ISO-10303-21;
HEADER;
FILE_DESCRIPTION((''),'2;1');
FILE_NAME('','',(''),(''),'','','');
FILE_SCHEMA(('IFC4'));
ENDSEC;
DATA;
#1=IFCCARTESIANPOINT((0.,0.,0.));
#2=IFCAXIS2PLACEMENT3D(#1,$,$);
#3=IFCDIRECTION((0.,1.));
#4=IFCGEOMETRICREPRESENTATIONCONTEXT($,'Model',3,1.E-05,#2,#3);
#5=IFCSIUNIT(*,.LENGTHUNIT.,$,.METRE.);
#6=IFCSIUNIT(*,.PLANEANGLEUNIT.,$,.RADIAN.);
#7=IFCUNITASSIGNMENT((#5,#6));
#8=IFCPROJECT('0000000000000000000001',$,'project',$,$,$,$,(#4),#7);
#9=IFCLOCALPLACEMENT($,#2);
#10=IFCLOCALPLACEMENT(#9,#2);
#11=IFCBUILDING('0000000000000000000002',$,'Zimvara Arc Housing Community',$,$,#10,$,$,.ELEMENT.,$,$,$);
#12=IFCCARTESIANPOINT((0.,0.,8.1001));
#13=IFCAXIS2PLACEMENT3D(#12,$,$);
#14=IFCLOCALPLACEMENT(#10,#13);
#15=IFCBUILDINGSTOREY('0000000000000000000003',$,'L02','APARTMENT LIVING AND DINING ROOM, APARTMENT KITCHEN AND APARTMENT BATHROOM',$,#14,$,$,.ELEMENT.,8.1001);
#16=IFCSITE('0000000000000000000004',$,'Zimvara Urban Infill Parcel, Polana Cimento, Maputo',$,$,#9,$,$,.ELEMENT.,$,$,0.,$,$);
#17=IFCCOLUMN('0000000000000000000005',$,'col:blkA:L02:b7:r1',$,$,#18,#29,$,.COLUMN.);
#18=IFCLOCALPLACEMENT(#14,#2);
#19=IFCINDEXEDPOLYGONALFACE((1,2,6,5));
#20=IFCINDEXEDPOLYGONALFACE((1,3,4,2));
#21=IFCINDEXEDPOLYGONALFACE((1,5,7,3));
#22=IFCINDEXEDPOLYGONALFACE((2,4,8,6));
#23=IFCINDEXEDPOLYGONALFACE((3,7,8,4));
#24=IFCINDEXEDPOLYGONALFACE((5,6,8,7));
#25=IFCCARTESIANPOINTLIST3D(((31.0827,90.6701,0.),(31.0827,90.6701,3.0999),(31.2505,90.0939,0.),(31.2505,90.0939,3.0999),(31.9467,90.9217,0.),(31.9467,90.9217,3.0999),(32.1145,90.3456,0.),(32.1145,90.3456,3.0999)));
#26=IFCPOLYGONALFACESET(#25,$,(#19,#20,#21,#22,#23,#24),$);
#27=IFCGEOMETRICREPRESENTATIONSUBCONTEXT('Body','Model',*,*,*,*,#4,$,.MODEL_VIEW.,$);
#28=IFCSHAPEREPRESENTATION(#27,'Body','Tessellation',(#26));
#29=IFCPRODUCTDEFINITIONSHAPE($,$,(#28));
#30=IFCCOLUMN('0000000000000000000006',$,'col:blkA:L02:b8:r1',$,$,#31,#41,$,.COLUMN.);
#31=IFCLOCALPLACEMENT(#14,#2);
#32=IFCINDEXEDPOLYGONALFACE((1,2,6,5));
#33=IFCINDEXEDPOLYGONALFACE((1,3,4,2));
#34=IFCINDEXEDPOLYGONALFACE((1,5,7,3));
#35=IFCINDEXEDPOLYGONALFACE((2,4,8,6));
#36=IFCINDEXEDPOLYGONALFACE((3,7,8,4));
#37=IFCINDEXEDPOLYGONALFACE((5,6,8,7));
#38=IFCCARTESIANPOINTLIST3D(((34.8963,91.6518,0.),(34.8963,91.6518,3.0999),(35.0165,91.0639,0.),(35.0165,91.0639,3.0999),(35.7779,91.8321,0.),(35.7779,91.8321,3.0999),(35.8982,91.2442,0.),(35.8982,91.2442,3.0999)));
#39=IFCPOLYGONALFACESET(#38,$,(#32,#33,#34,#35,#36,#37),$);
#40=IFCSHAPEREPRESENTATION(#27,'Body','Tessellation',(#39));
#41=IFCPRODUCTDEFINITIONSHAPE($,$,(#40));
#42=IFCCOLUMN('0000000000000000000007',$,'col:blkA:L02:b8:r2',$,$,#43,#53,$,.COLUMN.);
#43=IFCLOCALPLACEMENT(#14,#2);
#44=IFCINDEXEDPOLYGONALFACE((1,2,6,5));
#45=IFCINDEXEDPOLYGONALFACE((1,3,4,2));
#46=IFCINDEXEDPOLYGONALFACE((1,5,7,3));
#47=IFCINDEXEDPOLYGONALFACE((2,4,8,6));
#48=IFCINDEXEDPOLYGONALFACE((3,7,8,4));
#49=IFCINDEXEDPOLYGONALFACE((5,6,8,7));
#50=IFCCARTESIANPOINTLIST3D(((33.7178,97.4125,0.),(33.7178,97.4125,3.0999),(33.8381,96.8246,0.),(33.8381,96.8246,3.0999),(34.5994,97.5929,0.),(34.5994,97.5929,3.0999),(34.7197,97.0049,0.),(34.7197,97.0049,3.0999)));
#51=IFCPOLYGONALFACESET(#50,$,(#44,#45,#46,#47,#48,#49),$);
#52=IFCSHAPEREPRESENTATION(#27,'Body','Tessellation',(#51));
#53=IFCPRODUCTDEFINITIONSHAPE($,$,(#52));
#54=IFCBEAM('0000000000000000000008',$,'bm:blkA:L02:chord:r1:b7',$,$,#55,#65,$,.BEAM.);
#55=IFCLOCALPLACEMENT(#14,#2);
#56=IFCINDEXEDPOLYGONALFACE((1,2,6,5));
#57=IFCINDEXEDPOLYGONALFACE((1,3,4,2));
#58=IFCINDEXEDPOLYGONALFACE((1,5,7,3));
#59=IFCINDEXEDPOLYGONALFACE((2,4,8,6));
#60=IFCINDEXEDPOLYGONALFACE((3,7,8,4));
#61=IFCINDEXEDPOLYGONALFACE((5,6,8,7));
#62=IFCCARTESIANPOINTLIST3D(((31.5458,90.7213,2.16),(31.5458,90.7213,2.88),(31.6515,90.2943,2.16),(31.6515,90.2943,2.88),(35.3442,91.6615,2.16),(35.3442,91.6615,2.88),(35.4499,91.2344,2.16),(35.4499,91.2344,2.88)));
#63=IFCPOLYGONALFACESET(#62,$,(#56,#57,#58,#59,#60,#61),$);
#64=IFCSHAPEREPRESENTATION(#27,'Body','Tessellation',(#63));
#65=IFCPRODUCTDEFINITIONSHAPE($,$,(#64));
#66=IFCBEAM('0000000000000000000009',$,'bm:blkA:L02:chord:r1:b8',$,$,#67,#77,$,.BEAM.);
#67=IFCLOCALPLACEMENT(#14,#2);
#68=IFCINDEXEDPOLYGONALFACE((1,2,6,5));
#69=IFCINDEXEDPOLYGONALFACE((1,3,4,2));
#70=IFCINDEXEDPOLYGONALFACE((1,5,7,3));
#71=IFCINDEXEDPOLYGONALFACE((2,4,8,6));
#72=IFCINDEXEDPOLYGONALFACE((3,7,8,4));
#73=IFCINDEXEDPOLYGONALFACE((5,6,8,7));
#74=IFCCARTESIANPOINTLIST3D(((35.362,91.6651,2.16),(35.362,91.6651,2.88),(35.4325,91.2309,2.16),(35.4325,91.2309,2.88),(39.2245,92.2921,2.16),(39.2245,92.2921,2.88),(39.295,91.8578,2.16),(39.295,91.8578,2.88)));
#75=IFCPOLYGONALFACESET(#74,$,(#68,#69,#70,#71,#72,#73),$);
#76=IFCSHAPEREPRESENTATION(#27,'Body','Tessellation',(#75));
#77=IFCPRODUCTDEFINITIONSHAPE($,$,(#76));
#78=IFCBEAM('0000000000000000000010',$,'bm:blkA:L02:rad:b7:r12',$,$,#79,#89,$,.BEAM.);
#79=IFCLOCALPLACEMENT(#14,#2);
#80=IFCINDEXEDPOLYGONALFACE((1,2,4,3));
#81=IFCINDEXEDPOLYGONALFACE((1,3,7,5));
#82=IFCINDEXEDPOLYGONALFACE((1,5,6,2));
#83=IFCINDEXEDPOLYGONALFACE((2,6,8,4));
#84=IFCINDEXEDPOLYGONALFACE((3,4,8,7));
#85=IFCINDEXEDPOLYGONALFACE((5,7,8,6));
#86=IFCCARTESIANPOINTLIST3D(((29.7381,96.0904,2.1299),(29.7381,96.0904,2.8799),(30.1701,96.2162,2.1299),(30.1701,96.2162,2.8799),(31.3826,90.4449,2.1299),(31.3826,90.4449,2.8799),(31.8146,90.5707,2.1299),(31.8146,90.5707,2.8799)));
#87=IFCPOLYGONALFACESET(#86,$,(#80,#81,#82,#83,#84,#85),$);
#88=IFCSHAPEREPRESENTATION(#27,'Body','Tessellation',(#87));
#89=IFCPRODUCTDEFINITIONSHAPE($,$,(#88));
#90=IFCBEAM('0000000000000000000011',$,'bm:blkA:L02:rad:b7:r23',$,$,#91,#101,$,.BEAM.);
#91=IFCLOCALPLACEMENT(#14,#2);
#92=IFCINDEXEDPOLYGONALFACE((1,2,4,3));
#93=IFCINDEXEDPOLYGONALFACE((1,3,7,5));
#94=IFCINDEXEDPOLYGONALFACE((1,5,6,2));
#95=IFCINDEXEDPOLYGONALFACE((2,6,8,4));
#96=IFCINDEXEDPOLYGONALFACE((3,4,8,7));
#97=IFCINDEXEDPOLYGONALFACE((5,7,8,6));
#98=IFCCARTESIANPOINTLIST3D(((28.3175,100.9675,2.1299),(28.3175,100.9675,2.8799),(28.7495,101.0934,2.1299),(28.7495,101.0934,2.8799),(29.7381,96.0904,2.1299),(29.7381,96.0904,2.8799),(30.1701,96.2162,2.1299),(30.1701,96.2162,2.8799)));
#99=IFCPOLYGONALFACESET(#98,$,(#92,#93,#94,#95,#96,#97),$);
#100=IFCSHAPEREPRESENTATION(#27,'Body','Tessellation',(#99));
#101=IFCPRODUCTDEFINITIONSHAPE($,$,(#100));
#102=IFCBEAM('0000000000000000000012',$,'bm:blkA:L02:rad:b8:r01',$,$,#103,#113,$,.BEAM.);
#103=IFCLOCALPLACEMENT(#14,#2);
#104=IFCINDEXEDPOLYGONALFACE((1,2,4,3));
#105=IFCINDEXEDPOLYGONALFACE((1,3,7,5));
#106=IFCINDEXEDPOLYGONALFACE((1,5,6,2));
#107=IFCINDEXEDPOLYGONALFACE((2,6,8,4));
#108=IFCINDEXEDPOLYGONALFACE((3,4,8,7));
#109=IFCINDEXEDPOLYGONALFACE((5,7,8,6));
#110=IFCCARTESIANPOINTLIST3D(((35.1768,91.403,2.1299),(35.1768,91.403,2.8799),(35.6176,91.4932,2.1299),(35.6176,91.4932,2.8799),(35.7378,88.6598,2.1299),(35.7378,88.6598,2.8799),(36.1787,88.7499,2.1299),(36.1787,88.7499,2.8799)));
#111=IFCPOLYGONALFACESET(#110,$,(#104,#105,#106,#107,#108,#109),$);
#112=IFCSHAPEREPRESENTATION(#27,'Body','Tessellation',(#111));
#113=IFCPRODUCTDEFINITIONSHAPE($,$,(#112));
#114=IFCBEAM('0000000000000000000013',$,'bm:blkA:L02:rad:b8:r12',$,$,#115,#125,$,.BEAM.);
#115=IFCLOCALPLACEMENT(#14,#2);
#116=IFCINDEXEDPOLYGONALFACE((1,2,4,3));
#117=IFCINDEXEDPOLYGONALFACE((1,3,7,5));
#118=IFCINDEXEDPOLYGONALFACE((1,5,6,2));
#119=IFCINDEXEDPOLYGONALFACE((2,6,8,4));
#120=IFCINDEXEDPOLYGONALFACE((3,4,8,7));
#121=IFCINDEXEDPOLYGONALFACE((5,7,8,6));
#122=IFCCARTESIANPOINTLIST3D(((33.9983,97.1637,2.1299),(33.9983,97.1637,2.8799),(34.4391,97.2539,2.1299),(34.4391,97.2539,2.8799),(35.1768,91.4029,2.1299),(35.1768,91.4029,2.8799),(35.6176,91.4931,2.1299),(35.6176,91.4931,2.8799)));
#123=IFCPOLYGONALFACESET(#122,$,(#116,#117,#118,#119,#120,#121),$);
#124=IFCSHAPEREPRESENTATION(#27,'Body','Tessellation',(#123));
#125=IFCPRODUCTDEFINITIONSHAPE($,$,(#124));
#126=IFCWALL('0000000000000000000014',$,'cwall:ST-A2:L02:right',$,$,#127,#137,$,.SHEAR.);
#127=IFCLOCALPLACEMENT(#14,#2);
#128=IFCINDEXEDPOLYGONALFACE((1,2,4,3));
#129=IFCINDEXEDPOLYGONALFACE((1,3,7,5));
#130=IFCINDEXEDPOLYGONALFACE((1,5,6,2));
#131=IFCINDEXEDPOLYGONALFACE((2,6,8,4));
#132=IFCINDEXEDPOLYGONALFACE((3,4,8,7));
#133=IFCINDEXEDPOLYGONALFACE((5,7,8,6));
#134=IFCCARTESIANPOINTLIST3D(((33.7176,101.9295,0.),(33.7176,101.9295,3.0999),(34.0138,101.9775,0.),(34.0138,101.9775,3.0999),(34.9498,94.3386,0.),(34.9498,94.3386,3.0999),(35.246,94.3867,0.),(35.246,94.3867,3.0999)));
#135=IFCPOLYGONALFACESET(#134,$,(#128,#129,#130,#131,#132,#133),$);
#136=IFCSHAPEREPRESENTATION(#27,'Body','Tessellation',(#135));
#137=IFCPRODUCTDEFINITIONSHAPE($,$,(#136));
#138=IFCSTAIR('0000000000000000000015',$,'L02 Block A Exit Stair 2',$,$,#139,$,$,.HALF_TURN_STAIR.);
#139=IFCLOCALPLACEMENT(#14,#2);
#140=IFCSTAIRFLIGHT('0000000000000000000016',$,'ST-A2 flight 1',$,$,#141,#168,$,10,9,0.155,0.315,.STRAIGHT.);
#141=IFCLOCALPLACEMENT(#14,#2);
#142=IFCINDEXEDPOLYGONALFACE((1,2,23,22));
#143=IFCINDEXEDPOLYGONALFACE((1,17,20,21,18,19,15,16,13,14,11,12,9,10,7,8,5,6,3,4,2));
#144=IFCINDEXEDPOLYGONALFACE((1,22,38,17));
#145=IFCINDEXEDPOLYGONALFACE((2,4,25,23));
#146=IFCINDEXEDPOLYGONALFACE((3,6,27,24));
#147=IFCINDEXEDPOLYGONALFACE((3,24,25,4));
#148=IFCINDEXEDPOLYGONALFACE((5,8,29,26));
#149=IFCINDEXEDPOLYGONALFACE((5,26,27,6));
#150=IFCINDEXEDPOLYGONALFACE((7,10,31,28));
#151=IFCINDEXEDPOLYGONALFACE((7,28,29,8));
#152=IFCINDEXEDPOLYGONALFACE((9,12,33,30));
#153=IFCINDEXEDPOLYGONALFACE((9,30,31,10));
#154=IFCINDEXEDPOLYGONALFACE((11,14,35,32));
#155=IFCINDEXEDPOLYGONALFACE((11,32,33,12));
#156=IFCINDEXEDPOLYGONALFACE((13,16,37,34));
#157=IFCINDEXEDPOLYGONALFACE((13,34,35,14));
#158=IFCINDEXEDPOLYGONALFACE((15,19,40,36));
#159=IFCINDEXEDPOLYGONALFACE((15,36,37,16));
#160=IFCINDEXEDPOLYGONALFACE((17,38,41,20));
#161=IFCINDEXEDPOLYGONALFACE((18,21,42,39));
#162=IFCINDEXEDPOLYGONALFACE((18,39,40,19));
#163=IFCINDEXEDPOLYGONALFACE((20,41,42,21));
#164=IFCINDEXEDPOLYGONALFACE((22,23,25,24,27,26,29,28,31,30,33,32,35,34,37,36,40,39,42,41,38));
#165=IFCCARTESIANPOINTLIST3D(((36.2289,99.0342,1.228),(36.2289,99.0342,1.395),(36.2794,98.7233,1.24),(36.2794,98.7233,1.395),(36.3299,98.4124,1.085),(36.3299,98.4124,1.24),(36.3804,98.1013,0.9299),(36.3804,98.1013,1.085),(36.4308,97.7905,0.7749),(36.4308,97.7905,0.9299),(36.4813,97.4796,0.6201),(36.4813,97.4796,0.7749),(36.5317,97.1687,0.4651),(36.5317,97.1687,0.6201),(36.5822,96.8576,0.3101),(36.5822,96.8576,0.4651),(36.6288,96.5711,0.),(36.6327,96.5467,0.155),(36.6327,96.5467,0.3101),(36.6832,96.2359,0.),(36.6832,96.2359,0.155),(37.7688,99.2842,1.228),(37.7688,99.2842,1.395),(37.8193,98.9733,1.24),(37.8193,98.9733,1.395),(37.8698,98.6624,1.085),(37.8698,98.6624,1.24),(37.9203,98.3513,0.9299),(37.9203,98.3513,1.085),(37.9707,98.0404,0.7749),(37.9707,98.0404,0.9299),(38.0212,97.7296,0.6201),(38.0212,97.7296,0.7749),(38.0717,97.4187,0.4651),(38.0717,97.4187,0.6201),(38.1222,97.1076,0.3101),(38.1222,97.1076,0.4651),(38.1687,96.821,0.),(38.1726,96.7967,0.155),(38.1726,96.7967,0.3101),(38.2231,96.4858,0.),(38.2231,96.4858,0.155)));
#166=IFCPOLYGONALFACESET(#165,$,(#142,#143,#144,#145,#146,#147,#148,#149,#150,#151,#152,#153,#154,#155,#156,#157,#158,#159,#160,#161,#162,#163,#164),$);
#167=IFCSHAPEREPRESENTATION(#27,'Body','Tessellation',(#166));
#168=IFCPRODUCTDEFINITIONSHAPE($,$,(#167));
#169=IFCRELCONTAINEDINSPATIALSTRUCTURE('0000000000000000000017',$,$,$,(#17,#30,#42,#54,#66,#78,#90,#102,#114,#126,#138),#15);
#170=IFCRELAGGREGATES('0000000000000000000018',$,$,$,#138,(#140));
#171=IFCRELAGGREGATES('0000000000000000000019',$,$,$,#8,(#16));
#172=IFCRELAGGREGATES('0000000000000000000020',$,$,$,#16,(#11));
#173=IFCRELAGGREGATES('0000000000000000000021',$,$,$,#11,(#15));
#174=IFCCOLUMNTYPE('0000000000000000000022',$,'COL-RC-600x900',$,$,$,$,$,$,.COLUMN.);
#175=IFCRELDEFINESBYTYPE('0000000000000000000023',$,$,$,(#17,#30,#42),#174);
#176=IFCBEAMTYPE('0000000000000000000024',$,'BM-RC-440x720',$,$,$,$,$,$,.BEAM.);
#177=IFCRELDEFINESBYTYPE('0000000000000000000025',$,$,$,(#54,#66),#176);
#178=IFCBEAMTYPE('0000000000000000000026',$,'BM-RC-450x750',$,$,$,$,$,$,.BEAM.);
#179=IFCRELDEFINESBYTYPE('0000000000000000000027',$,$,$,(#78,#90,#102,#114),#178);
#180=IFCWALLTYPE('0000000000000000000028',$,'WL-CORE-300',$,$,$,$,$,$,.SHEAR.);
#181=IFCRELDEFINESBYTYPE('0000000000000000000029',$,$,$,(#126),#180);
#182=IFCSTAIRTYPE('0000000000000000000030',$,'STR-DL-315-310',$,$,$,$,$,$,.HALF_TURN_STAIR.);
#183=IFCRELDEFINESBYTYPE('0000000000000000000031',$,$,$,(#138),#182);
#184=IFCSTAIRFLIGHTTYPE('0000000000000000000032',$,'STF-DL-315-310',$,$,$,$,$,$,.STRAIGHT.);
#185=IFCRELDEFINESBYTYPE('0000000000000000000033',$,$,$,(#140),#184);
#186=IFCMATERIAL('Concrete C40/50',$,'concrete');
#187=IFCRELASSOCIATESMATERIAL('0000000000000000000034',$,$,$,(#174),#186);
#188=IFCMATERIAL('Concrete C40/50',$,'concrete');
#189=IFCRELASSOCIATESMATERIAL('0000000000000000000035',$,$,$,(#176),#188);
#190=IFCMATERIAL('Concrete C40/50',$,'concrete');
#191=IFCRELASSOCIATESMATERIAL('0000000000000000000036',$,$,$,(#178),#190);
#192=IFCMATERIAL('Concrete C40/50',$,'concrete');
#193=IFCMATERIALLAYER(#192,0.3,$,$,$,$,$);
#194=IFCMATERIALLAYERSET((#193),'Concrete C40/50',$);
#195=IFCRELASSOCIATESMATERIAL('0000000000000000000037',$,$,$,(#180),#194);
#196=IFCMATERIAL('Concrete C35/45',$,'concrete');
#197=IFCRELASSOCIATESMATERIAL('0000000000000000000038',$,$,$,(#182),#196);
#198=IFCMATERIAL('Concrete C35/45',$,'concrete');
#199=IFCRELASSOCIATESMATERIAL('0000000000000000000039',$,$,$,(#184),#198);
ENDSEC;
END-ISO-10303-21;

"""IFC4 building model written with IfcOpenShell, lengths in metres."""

from ifc_helpers import new_model, si_unit, direction, frame, frame_2d, origin, origin_2d, place, context, subcontext, project, spatial, polyline, rectangle, outline, extrude, material, layer, layer_set, material_profile, profile_set, type_object, element, aggregate, save


model = new_model("IFC4")

# Units and contexts
model_context = context("Model", 3, precision=1e-05, world=origin(), true_north=direction((0.0, 1.0)))
body_context = subcontext(model_context, "Body", "Model", "MODEL_VIEW")
ifc_project = project(units=[si_unit("LENGTHUNIT", "METRE"), si_unit("PLANEANGLEUNIT", "RADIAN")], contexts=[model_context])

# Site, building, storey
site_placement = place(None, origin())
site = spatial("IfcSite", under=ifc_project, at=site_placement, Name="Zimvara Urban Infill Parcel, Polana Cimento, Maputo", CompositionType="ELEMENT", RefElevation=0.0)
building_placement = place(site_placement, origin())
building = spatial("IfcBuilding", under=site, at=building_placement, Name="Zimvara Arc Housing Community", CompositionType="ELEMENT")
storey_placement = place(building_placement, frame((0.0, 0.0, 8.1001)))
storey = spatial("IfcBuildingStorey", under=building, at=storey_placement, Name="L02", Description="APARTMENT LIVING AND DINING ROOM, APARTMENT KITCHEN AND APARTMENT BATHROOM", CompositionType="ELEMENT", Elevation=8.1001)

# Columns
ifc_material_1 = material(Name="Concrete C40/50", Category="concrete")
ifc_material_profile_1 = material_profile(ifc_material_1, rectangle(XDim=0.6001, YDim=0.8999, at=origin_2d()), Name="RC 600x900")
ifc_profile_set_1 = profile_set([ifc_material_profile_1], Name="Concrete C40/50")
column_type = type_object("IfcColumnType", Name="COL-RC-600x900", PredefinedType="COLUMN", material=ifc_profile_set_1)
for number, where, z_axis, x_axis, name in (
    (1, (31.5986, 90.5078, 0.0), (0.0, 0.0, 1.0), (-0.279661, 0.960099, 0.0), "col:blkA:L02:b7:r1"),
    (2, (35.3972, 91.448, 0.0), (0.0, 0.0, 1.0), (-0.200394, 0.979715, 0.0), "col:blkA:L02:b8:r1"),
    (3, (34.2188, 97.2087, 0.0), (0.0, 0.0, 1.0), (-0.200394, 0.979715, 0.0), "col:blkA:L02:b8:r2"),
):
    element("IfcColumn", number, at=place(storey_placement, frame(where, z_axis=z_axis, x_axis=x_axis)), inside=storey, type_object=column_type, Name=name, PredefinedType="COLUMN", context=body_context, shape_type="SweptSolid", body=[
        extrude(rectangle(XDim=0.6001, YDim=0.8999, at=origin_2d()), origin(), (0.0, 0.0, 1.0), 3.0999),
    ])

# Beams
ifc_material_2 = material(Name="Concrete C40/50", Category="concrete")
ifc_material_profile_2 = material_profile(ifc_material_2, rectangle(XDim=0.4399, YDim=0.72, at=origin_2d()), Name="RC 440x720")
ifc_profile_set_2 = profile_set([ifc_material_profile_2], Name="Concrete C40/50")
beam_type_1 = type_object("IfcBeamType", Name="BM-RC-440x720", PredefinedType="BEAM", material=ifc_profile_set_2)
for number, where, z_axis, x_axis, name in (
    (4, (31.5986, 90.5078, 2.52), (0.970709, 0.24026, 0.0), (-0.24026, 0.970709, 0.0), "bm:blkA:L02:chord:r1:b7"),
    (5, (35.3972, 91.448, 2.52), (0.987081, 0.160219, 0.0), (-0.160219, 0.987081, 0.0), "bm:blkA:L02:chord:r1:b8"),
):
    element("IfcBeam", number, at=place(storey_placement, frame(where, z_axis=z_axis, x_axis=x_axis)), inside=storey, type_object=beam_type_1, Name=name, PredefinedType="BEAM", context=body_context, shape_type="SweptSolid", body=[
        extrude(rectangle(XDim=0.4399, YDim=0.72, at=origin_2d()), origin(), (0.0, 0.0, 1.0), 3.9131),
    ])
ifc_material_3 = material(Name="Concrete C40/50", Category="concrete")
ifc_material_profile_3 = material_profile(ifc_material_3, rectangle(XDim=0.45, YDim=0.75, at=origin_2d()), Name="RC 450x750")
ifc_profile_set_3 = profile_set([ifc_material_profile_3], Name="Concrete C40/50")
beam_type_2 = type_object("IfcBeamType", Name="BM-RC-450x750", PredefinedType="BEAM", material=ifc_profile_set_3)
beam_1_placement = place(storey_placement, frame((31.5986, 90.5078, 2.5049), z_axis=(-0.279675, 0.960095, 0.0), x_axis=(-0.960095, -0.279675, 0.0)))
element("IfcBeam", 6, at=beam_1_placement, inside=storey, type_object=beam_type_2, Name="bm:blkA:L02:rad:b7:r12", PredefinedType="BEAM", context=body_context, shape_type="SweptSolid", body=[
    extrude(rectangle(XDim=0.45, YDim=0.75, at=origin_2d()), origin(), (0.0, 0.0, 1.0), 5.8801),
])
beam_2_placement = place(storey_placement, frame((29.9541, 96.1533, 2.5049), z_axis=(-0.279662, 0.960098, 0.0), x_axis=(-0.960098, -0.279662, 0.0)))
element("IfcBeam", 7, at=beam_2_placement, inside=storey, type_object=beam_type_2, Name="bm:blkA:L02:rad:b7:r23", PredefinedType="BEAM", context=body_context, shape_type="SweptSolid", body=[
    extrude(rectangle(XDim=0.45, YDim=0.75, at=origin_2d()), origin(), (0.0, 0.0, 1.0), 5.0798),
])
beam_3_placement = place(storey_placement, frame((35.9583, 88.7048, 2.5049), z_axis=(-0.200373, 0.97972, 0.0), x_axis=(-0.97972, -0.200373, 0.0)))
element("IfcBeam", 8, at=beam_3_placement, inside=storey, type_object=beam_type_2, Name="bm:blkA:L02:rad:b8:r01", PredefinedType="BEAM", context=body_context, shape_type="SweptSolid", body=[
    extrude(rectangle(XDim=0.45, YDim=0.75, at=origin_2d()), origin(), (0.0, 0.0, 1.0), 2.8),
])
beam_4_placement = place(storey_placement, frame((35.3972, 91.448, 2.5049), z_axis=(-0.200418, 0.97971, 0.0), x_axis=(-0.97971, -0.200418, 0.0)))
element("IfcBeam", 9, at=beam_4_placement, inside=storey, type_object=beam_type_2, Name="bm:blkA:L02:rad:b8:r12", PredefinedType="BEAM", context=body_context, shape_type="SweptSolid", body=[
    extrude(rectangle(XDim=0.45, YDim=0.75, at=origin_2d()), origin(), (0.0, 0.0, 1.0), 5.8801),
])

# Wall
ifc_material_4 = material(Name="Concrete C40/50", Category="concrete")
ifc_layer_1 = layer(ifc_material_4, 0.3)
ifc_layer_set_1 = layer_set([ifc_layer_1], Name="Concrete C40/50")
wall_type_1 = type_object("IfcWallType", Name="WL-CORE-300", PredefinedType="SHEAR", material=ifc_layer_set_1)
wall_1_placement = place(storey_placement, frame((35.0979, 94.3625, 0.0), z_axis=(0.0, 0.0, 1.0), x_axis=(-0.160227, 0.98708, 0.0)))
element("IfcWall", 10, at=wall_1_placement, inside=storey, type_object=wall_type_1, Name="cwall:ST-A2:L02:right", PredefinedType="SHEAR", context=body_context, shape_type="SweptSolid", body=[
    extrude(rectangle(XDim=7.6902, YDim=0.3, at=frame_2d((3.8452, 0.0))), origin(), (0.0, 0.0, 1.0), 3.0999),
])

# Stair, stair flight
ifc_material_5 = material(Name="Concrete C35/45", Category="concrete")
stair_type = type_object("IfcStairType", Name="STR-DL-315-310", PredefinedType="HALF_TURN_STAIR", material=ifc_material_5)
stair_placement = place(storey_placement, origin())
stair = element("IfcStair", 11, at=stair_placement, inside=storey, type_object=stair_type, Name="L02 Block A Exit Stair 2", PredefinedType="HALF_TURN_STAIR")
ifc_material_6 = material(Name="Concrete C35/45", Category="concrete")
stair_flight_type = type_object("IfcStairFlightType", Name="STF-DL-315-310", PredefinedType="STRAIGHT", material=ifc_material_6)
stair_flight_placement = place(storey_placement, frame((37.4531, 96.3608, 0.0), z_axis=(0.0, 0.0, 1.0), x_axis=(-0.160226, 0.98708, 0.0)))
stair_flight = element("IfcStairFlight", 12, at=stair_flight_placement, type_object=stair_flight_type, Name="ST-A2 flight 1", NumberOfRisers=10, NumberOfTreads=9, PredefinedType="STRAIGHT", RiserHeight=0.155, TreadLength=0.315, context=body_context, shape_type="SweptSolid", body=[
    extrude(outline(polyline([(0.0, 0.0), (0.0, 0.155), (0.3149, 0.155), (0.3149, 0.3101), (0.6299, 0.3101), (0.6299, 0.4651), (0.9451, 0.4651), (0.9451, 0.6201), (1.26, 0.6201), (1.26, 0.7749), (1.575, 0.7749), (1.575, 0.9299), (1.8899, 0.9299), (1.8899, 1.085), (2.2051, 1.085), (2.2051, 1.24), (2.52, 1.24), (2.52, 1.395), (2.835, 1.395), (2.835, 1.55), (2.835, 1.228), (0.3396, 0.0), (0.0, 0.0)])), frame((0.0, 0.78, 0.0), z_axis=(0.0, -1.0, 0.0), x_axis=(1.0, 0.0, 0.0)), (0.0, 0.0, 1.0), 1.5601),
])
aggregate(stair, [stair_flight])

save(model, "model.ifc")
